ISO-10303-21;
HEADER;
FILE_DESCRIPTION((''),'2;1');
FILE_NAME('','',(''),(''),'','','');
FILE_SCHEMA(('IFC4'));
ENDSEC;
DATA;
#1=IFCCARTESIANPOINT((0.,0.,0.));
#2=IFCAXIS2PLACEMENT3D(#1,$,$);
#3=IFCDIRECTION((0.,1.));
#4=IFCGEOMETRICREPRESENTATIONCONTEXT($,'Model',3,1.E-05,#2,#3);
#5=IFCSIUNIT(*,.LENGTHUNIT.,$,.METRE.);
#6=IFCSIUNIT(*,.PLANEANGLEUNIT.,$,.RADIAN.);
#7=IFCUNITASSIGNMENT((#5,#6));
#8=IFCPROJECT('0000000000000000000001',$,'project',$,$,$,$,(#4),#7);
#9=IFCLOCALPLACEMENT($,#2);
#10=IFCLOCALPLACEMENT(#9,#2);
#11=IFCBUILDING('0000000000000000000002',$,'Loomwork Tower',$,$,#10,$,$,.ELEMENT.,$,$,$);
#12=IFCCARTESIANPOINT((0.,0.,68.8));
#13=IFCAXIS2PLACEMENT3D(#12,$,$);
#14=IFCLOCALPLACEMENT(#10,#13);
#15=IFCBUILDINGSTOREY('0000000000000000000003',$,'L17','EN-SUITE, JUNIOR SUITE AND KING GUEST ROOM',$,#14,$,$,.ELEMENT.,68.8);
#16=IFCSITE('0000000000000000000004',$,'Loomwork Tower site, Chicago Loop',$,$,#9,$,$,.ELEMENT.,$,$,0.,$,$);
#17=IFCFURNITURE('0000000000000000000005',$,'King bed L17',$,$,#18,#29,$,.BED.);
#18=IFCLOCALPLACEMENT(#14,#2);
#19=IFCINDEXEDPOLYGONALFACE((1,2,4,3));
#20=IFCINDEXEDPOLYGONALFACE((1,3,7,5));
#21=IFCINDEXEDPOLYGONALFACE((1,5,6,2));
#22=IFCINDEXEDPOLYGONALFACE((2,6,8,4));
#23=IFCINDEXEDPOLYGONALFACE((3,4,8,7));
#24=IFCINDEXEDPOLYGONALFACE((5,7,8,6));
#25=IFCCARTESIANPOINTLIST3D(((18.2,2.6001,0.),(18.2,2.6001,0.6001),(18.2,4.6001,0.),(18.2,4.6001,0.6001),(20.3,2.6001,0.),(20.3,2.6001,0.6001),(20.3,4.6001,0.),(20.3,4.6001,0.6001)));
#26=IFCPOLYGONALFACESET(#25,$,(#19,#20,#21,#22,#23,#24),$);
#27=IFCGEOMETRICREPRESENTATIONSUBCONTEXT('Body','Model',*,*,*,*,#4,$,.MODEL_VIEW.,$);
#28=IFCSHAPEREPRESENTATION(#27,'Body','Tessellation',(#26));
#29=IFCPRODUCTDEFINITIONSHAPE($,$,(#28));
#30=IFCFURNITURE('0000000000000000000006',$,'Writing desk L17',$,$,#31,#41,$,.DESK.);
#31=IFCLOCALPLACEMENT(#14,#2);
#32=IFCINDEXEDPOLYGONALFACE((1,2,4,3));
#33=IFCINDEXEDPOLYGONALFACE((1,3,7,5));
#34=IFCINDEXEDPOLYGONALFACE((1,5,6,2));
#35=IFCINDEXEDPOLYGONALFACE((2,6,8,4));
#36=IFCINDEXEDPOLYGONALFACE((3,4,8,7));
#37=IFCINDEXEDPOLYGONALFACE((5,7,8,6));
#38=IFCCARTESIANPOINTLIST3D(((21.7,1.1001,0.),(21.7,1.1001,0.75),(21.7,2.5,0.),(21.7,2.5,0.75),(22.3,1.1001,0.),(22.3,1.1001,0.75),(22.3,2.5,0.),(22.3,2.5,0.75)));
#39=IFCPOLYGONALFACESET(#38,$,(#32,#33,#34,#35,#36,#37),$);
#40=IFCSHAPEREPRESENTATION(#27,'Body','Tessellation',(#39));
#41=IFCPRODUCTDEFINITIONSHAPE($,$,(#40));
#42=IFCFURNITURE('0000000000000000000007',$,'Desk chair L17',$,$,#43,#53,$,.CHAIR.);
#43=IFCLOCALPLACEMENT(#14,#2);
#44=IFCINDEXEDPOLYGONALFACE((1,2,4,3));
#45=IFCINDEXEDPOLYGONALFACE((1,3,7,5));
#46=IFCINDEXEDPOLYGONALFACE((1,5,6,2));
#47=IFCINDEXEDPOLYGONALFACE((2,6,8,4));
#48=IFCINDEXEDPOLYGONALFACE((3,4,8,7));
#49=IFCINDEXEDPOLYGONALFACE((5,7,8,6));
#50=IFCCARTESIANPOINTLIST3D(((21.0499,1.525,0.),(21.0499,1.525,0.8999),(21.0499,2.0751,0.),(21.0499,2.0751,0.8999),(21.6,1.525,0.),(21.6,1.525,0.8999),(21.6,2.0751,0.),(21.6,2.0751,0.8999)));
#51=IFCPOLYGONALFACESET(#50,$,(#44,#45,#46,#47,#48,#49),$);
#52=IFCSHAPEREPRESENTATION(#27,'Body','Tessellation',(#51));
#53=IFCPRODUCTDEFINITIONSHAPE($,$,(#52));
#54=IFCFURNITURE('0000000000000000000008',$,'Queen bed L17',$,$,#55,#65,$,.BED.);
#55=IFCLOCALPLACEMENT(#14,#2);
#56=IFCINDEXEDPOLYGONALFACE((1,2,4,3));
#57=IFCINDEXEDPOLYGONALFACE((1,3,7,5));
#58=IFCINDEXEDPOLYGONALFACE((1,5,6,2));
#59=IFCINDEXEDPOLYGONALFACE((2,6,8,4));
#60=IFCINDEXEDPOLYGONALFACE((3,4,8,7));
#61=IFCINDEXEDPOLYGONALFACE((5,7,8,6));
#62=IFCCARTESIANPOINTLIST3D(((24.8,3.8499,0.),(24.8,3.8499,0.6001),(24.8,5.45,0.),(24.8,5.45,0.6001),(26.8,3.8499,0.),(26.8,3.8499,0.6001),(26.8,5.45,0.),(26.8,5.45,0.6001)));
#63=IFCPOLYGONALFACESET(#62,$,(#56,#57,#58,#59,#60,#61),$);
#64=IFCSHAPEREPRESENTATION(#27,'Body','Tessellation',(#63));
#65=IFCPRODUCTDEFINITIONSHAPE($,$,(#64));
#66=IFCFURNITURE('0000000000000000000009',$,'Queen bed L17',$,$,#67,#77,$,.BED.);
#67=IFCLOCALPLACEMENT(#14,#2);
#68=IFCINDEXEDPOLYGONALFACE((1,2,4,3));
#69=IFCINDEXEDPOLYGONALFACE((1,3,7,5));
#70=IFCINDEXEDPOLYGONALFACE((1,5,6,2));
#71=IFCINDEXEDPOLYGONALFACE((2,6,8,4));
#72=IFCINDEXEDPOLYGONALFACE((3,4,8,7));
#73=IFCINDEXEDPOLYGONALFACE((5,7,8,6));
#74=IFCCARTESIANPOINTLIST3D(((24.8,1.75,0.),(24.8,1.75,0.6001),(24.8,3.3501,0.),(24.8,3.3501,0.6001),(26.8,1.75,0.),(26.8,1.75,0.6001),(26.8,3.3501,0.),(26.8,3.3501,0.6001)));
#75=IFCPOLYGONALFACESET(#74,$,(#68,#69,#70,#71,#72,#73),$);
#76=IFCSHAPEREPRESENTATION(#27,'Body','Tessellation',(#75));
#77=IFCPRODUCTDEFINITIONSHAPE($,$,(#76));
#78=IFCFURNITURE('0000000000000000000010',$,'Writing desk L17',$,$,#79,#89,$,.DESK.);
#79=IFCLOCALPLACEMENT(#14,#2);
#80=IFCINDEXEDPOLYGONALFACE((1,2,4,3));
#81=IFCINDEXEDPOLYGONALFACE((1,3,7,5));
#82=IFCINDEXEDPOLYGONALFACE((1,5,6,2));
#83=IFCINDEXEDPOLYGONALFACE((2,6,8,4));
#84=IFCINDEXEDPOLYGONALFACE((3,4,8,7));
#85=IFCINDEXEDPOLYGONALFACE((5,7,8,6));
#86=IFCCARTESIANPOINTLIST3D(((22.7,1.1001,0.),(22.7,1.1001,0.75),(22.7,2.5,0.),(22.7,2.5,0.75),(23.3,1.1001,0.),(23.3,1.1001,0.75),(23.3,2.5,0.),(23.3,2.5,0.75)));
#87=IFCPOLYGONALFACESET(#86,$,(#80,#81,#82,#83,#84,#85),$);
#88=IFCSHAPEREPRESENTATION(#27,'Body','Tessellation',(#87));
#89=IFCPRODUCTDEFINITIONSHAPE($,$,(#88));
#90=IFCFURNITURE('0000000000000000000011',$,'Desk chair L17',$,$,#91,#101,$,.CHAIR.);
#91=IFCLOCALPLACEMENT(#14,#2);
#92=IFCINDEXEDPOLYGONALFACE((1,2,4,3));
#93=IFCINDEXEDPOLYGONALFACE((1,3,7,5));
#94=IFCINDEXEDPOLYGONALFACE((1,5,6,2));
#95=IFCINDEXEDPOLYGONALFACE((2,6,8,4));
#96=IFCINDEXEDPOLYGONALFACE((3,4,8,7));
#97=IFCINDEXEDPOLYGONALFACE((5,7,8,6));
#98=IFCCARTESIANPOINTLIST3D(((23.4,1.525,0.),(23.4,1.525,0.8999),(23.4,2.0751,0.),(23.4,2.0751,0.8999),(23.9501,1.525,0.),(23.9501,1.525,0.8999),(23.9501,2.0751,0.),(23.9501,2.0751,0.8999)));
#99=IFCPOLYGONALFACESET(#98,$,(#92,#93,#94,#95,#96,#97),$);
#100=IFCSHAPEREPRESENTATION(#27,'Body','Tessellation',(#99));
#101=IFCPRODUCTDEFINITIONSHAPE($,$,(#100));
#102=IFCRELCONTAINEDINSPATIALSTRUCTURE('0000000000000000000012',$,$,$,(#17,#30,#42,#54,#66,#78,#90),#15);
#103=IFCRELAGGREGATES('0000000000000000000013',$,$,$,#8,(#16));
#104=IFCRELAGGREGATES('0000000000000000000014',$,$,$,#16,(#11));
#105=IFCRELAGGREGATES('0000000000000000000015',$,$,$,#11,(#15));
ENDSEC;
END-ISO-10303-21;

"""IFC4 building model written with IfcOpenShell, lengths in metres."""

from ifc_helpers import new_model, si_unit, direction, frame, origin, origin_2d, place, context, subcontext, project, spatial, rectangle, extrude, element, save


model = new_model("IFC4")

# Units and contexts
model_context = context("Model", 3, precision=1e-05, world=origin(), true_north=direction((0.0, 1.0)))
body_context = subcontext(model_context, "Body", "Model", "MODEL_VIEW")
ifc_project = project(units=[si_unit("LENGTHUNIT", "METRE"), si_unit("PLANEANGLEUNIT", "RADIAN")], contexts=[model_context])

# Site, building, storey
site_placement = place(None, origin())
site = spatial("IfcSite", under=ifc_project, at=site_placement, Name="Loomwork Tower site, Chicago Loop", CompositionType="ELEMENT", RefElevation=0.0)
building_placement = place(site_placement, origin())
building = spatial("IfcBuilding", under=site, at=building_placement, Name="Loomwork Tower", CompositionType="ELEMENT")
storey_placement = place(building_placement, frame((0.0, 0.0, 68.8)))
storey = spatial("IfcBuildingStorey", under=building, at=storey_placement, Name="L17", Description="EN-SUITE, JUNIOR SUITE AND KING GUEST ROOM", CompositionType="ELEMENT", Elevation=68.8)

# Furniture
furniture_1_placement = place(storey_placement, frame((19.25, 3.6001, 0.0), z_axis=(0.0, 0.0, 1.0), x_axis=(1.0, 0.0, 0.0)))
element("IfcFurniture", 1, at=furniture_1_placement, inside=storey, Name="King bed L17", PredefinedType="BED", context=body_context, shape_type="SweptSolid", body=[
    extrude(rectangle(XDim=2.1001, YDim=2.0, at=origin_2d()), origin(), (0.0, 0.0, 1.0), 0.6001),
])
furniture_2_placement = place(storey_placement, frame((22.0, 1.8, 0.0), z_axis=(0.0, 0.0, 1.0), x_axis=(1.0, 0.0, 0.0)))
element("IfcFurniture", 2, at=furniture_2_placement, inside=storey, Name="Writing desk L17", PredefinedType="DESK", context=body_context, shape_type="SweptSolid", body=[
    extrude(rectangle(XDim=0.6001, YDim=1.3999, at=origin_2d()), origin(), (0.0, 0.0, 1.0), 0.75),
])
furniture_3_placement = place(storey_placement, frame((21.325, 1.8, 0.0), z_axis=(0.0, 0.0, 1.0), x_axis=(1.0, 0.0, 0.0)))
element("IfcFurniture", 3, at=furniture_3_placement, inside=storey, Name="Desk chair L17", PredefinedType="CHAIR", context=body_context, shape_type="SweptSolid", body=[
    extrude(rectangle(XDim=0.55, YDim=0.55, at=origin_2d()), origin(), (0.0, 0.0, 1.0), 0.8999),
])
for number, where, z_axis, x_axis, name in (
    (4, (25.8, 4.6499, 0.0), (0.0, 0.0, 1.0), (1.0, 0.0, 0.0), "Queen bed L17"),
    (5, (25.8, 2.55, 0.0), (0.0, 0.0, 1.0), (1.0, 0.0, 0.0), "Queen bed L17"),
):
    element("IfcFurniture", number, at=place(storey_placement, frame(where, z_axis=z_axis, x_axis=x_axis)), inside=storey, Name=name, PredefinedType="BED", context=body_context, shape_type="SweptSolid", body=[
        extrude(rectangle(XDim=2.0, YDim=1.6001, at=origin_2d()), origin(), (0.0, 0.0, 1.0), 0.6001),
    ])
furniture_4_placement = place(storey_placement, frame((23.0, 1.8, 0.0), z_axis=(0.0, 0.0, 1.0), x_axis=(1.0, 0.0, 0.0)))
element("IfcFurniture", 6, at=furniture_4_placement, inside=storey, Name="Writing desk L17", PredefinedType="DESK", context=body_context, shape_type="SweptSolid", body=[
    extrude(rectangle(XDim=0.6001, YDim=1.3999, at=origin_2d()), origin(), (0.0, 0.0, 1.0), 0.75),
])
furniture_5_placement = place(storey_placement, frame((23.675, 1.8, 0.0), z_axis=(0.0, 0.0, 1.0), x_axis=(1.0, 0.0, 0.0)))
element("IfcFurniture", 7, at=furniture_5_placement, inside=storey, Name="Desk chair L17", PredefinedType="CHAIR", context=body_context, shape_type="SweptSolid", body=[
    extrude(rectangle(XDim=0.55, YDim=0.55, at=origin_2d()), origin(), (0.0, 0.0, 1.0), 0.8999),
])

save(model, "model.ifc")
